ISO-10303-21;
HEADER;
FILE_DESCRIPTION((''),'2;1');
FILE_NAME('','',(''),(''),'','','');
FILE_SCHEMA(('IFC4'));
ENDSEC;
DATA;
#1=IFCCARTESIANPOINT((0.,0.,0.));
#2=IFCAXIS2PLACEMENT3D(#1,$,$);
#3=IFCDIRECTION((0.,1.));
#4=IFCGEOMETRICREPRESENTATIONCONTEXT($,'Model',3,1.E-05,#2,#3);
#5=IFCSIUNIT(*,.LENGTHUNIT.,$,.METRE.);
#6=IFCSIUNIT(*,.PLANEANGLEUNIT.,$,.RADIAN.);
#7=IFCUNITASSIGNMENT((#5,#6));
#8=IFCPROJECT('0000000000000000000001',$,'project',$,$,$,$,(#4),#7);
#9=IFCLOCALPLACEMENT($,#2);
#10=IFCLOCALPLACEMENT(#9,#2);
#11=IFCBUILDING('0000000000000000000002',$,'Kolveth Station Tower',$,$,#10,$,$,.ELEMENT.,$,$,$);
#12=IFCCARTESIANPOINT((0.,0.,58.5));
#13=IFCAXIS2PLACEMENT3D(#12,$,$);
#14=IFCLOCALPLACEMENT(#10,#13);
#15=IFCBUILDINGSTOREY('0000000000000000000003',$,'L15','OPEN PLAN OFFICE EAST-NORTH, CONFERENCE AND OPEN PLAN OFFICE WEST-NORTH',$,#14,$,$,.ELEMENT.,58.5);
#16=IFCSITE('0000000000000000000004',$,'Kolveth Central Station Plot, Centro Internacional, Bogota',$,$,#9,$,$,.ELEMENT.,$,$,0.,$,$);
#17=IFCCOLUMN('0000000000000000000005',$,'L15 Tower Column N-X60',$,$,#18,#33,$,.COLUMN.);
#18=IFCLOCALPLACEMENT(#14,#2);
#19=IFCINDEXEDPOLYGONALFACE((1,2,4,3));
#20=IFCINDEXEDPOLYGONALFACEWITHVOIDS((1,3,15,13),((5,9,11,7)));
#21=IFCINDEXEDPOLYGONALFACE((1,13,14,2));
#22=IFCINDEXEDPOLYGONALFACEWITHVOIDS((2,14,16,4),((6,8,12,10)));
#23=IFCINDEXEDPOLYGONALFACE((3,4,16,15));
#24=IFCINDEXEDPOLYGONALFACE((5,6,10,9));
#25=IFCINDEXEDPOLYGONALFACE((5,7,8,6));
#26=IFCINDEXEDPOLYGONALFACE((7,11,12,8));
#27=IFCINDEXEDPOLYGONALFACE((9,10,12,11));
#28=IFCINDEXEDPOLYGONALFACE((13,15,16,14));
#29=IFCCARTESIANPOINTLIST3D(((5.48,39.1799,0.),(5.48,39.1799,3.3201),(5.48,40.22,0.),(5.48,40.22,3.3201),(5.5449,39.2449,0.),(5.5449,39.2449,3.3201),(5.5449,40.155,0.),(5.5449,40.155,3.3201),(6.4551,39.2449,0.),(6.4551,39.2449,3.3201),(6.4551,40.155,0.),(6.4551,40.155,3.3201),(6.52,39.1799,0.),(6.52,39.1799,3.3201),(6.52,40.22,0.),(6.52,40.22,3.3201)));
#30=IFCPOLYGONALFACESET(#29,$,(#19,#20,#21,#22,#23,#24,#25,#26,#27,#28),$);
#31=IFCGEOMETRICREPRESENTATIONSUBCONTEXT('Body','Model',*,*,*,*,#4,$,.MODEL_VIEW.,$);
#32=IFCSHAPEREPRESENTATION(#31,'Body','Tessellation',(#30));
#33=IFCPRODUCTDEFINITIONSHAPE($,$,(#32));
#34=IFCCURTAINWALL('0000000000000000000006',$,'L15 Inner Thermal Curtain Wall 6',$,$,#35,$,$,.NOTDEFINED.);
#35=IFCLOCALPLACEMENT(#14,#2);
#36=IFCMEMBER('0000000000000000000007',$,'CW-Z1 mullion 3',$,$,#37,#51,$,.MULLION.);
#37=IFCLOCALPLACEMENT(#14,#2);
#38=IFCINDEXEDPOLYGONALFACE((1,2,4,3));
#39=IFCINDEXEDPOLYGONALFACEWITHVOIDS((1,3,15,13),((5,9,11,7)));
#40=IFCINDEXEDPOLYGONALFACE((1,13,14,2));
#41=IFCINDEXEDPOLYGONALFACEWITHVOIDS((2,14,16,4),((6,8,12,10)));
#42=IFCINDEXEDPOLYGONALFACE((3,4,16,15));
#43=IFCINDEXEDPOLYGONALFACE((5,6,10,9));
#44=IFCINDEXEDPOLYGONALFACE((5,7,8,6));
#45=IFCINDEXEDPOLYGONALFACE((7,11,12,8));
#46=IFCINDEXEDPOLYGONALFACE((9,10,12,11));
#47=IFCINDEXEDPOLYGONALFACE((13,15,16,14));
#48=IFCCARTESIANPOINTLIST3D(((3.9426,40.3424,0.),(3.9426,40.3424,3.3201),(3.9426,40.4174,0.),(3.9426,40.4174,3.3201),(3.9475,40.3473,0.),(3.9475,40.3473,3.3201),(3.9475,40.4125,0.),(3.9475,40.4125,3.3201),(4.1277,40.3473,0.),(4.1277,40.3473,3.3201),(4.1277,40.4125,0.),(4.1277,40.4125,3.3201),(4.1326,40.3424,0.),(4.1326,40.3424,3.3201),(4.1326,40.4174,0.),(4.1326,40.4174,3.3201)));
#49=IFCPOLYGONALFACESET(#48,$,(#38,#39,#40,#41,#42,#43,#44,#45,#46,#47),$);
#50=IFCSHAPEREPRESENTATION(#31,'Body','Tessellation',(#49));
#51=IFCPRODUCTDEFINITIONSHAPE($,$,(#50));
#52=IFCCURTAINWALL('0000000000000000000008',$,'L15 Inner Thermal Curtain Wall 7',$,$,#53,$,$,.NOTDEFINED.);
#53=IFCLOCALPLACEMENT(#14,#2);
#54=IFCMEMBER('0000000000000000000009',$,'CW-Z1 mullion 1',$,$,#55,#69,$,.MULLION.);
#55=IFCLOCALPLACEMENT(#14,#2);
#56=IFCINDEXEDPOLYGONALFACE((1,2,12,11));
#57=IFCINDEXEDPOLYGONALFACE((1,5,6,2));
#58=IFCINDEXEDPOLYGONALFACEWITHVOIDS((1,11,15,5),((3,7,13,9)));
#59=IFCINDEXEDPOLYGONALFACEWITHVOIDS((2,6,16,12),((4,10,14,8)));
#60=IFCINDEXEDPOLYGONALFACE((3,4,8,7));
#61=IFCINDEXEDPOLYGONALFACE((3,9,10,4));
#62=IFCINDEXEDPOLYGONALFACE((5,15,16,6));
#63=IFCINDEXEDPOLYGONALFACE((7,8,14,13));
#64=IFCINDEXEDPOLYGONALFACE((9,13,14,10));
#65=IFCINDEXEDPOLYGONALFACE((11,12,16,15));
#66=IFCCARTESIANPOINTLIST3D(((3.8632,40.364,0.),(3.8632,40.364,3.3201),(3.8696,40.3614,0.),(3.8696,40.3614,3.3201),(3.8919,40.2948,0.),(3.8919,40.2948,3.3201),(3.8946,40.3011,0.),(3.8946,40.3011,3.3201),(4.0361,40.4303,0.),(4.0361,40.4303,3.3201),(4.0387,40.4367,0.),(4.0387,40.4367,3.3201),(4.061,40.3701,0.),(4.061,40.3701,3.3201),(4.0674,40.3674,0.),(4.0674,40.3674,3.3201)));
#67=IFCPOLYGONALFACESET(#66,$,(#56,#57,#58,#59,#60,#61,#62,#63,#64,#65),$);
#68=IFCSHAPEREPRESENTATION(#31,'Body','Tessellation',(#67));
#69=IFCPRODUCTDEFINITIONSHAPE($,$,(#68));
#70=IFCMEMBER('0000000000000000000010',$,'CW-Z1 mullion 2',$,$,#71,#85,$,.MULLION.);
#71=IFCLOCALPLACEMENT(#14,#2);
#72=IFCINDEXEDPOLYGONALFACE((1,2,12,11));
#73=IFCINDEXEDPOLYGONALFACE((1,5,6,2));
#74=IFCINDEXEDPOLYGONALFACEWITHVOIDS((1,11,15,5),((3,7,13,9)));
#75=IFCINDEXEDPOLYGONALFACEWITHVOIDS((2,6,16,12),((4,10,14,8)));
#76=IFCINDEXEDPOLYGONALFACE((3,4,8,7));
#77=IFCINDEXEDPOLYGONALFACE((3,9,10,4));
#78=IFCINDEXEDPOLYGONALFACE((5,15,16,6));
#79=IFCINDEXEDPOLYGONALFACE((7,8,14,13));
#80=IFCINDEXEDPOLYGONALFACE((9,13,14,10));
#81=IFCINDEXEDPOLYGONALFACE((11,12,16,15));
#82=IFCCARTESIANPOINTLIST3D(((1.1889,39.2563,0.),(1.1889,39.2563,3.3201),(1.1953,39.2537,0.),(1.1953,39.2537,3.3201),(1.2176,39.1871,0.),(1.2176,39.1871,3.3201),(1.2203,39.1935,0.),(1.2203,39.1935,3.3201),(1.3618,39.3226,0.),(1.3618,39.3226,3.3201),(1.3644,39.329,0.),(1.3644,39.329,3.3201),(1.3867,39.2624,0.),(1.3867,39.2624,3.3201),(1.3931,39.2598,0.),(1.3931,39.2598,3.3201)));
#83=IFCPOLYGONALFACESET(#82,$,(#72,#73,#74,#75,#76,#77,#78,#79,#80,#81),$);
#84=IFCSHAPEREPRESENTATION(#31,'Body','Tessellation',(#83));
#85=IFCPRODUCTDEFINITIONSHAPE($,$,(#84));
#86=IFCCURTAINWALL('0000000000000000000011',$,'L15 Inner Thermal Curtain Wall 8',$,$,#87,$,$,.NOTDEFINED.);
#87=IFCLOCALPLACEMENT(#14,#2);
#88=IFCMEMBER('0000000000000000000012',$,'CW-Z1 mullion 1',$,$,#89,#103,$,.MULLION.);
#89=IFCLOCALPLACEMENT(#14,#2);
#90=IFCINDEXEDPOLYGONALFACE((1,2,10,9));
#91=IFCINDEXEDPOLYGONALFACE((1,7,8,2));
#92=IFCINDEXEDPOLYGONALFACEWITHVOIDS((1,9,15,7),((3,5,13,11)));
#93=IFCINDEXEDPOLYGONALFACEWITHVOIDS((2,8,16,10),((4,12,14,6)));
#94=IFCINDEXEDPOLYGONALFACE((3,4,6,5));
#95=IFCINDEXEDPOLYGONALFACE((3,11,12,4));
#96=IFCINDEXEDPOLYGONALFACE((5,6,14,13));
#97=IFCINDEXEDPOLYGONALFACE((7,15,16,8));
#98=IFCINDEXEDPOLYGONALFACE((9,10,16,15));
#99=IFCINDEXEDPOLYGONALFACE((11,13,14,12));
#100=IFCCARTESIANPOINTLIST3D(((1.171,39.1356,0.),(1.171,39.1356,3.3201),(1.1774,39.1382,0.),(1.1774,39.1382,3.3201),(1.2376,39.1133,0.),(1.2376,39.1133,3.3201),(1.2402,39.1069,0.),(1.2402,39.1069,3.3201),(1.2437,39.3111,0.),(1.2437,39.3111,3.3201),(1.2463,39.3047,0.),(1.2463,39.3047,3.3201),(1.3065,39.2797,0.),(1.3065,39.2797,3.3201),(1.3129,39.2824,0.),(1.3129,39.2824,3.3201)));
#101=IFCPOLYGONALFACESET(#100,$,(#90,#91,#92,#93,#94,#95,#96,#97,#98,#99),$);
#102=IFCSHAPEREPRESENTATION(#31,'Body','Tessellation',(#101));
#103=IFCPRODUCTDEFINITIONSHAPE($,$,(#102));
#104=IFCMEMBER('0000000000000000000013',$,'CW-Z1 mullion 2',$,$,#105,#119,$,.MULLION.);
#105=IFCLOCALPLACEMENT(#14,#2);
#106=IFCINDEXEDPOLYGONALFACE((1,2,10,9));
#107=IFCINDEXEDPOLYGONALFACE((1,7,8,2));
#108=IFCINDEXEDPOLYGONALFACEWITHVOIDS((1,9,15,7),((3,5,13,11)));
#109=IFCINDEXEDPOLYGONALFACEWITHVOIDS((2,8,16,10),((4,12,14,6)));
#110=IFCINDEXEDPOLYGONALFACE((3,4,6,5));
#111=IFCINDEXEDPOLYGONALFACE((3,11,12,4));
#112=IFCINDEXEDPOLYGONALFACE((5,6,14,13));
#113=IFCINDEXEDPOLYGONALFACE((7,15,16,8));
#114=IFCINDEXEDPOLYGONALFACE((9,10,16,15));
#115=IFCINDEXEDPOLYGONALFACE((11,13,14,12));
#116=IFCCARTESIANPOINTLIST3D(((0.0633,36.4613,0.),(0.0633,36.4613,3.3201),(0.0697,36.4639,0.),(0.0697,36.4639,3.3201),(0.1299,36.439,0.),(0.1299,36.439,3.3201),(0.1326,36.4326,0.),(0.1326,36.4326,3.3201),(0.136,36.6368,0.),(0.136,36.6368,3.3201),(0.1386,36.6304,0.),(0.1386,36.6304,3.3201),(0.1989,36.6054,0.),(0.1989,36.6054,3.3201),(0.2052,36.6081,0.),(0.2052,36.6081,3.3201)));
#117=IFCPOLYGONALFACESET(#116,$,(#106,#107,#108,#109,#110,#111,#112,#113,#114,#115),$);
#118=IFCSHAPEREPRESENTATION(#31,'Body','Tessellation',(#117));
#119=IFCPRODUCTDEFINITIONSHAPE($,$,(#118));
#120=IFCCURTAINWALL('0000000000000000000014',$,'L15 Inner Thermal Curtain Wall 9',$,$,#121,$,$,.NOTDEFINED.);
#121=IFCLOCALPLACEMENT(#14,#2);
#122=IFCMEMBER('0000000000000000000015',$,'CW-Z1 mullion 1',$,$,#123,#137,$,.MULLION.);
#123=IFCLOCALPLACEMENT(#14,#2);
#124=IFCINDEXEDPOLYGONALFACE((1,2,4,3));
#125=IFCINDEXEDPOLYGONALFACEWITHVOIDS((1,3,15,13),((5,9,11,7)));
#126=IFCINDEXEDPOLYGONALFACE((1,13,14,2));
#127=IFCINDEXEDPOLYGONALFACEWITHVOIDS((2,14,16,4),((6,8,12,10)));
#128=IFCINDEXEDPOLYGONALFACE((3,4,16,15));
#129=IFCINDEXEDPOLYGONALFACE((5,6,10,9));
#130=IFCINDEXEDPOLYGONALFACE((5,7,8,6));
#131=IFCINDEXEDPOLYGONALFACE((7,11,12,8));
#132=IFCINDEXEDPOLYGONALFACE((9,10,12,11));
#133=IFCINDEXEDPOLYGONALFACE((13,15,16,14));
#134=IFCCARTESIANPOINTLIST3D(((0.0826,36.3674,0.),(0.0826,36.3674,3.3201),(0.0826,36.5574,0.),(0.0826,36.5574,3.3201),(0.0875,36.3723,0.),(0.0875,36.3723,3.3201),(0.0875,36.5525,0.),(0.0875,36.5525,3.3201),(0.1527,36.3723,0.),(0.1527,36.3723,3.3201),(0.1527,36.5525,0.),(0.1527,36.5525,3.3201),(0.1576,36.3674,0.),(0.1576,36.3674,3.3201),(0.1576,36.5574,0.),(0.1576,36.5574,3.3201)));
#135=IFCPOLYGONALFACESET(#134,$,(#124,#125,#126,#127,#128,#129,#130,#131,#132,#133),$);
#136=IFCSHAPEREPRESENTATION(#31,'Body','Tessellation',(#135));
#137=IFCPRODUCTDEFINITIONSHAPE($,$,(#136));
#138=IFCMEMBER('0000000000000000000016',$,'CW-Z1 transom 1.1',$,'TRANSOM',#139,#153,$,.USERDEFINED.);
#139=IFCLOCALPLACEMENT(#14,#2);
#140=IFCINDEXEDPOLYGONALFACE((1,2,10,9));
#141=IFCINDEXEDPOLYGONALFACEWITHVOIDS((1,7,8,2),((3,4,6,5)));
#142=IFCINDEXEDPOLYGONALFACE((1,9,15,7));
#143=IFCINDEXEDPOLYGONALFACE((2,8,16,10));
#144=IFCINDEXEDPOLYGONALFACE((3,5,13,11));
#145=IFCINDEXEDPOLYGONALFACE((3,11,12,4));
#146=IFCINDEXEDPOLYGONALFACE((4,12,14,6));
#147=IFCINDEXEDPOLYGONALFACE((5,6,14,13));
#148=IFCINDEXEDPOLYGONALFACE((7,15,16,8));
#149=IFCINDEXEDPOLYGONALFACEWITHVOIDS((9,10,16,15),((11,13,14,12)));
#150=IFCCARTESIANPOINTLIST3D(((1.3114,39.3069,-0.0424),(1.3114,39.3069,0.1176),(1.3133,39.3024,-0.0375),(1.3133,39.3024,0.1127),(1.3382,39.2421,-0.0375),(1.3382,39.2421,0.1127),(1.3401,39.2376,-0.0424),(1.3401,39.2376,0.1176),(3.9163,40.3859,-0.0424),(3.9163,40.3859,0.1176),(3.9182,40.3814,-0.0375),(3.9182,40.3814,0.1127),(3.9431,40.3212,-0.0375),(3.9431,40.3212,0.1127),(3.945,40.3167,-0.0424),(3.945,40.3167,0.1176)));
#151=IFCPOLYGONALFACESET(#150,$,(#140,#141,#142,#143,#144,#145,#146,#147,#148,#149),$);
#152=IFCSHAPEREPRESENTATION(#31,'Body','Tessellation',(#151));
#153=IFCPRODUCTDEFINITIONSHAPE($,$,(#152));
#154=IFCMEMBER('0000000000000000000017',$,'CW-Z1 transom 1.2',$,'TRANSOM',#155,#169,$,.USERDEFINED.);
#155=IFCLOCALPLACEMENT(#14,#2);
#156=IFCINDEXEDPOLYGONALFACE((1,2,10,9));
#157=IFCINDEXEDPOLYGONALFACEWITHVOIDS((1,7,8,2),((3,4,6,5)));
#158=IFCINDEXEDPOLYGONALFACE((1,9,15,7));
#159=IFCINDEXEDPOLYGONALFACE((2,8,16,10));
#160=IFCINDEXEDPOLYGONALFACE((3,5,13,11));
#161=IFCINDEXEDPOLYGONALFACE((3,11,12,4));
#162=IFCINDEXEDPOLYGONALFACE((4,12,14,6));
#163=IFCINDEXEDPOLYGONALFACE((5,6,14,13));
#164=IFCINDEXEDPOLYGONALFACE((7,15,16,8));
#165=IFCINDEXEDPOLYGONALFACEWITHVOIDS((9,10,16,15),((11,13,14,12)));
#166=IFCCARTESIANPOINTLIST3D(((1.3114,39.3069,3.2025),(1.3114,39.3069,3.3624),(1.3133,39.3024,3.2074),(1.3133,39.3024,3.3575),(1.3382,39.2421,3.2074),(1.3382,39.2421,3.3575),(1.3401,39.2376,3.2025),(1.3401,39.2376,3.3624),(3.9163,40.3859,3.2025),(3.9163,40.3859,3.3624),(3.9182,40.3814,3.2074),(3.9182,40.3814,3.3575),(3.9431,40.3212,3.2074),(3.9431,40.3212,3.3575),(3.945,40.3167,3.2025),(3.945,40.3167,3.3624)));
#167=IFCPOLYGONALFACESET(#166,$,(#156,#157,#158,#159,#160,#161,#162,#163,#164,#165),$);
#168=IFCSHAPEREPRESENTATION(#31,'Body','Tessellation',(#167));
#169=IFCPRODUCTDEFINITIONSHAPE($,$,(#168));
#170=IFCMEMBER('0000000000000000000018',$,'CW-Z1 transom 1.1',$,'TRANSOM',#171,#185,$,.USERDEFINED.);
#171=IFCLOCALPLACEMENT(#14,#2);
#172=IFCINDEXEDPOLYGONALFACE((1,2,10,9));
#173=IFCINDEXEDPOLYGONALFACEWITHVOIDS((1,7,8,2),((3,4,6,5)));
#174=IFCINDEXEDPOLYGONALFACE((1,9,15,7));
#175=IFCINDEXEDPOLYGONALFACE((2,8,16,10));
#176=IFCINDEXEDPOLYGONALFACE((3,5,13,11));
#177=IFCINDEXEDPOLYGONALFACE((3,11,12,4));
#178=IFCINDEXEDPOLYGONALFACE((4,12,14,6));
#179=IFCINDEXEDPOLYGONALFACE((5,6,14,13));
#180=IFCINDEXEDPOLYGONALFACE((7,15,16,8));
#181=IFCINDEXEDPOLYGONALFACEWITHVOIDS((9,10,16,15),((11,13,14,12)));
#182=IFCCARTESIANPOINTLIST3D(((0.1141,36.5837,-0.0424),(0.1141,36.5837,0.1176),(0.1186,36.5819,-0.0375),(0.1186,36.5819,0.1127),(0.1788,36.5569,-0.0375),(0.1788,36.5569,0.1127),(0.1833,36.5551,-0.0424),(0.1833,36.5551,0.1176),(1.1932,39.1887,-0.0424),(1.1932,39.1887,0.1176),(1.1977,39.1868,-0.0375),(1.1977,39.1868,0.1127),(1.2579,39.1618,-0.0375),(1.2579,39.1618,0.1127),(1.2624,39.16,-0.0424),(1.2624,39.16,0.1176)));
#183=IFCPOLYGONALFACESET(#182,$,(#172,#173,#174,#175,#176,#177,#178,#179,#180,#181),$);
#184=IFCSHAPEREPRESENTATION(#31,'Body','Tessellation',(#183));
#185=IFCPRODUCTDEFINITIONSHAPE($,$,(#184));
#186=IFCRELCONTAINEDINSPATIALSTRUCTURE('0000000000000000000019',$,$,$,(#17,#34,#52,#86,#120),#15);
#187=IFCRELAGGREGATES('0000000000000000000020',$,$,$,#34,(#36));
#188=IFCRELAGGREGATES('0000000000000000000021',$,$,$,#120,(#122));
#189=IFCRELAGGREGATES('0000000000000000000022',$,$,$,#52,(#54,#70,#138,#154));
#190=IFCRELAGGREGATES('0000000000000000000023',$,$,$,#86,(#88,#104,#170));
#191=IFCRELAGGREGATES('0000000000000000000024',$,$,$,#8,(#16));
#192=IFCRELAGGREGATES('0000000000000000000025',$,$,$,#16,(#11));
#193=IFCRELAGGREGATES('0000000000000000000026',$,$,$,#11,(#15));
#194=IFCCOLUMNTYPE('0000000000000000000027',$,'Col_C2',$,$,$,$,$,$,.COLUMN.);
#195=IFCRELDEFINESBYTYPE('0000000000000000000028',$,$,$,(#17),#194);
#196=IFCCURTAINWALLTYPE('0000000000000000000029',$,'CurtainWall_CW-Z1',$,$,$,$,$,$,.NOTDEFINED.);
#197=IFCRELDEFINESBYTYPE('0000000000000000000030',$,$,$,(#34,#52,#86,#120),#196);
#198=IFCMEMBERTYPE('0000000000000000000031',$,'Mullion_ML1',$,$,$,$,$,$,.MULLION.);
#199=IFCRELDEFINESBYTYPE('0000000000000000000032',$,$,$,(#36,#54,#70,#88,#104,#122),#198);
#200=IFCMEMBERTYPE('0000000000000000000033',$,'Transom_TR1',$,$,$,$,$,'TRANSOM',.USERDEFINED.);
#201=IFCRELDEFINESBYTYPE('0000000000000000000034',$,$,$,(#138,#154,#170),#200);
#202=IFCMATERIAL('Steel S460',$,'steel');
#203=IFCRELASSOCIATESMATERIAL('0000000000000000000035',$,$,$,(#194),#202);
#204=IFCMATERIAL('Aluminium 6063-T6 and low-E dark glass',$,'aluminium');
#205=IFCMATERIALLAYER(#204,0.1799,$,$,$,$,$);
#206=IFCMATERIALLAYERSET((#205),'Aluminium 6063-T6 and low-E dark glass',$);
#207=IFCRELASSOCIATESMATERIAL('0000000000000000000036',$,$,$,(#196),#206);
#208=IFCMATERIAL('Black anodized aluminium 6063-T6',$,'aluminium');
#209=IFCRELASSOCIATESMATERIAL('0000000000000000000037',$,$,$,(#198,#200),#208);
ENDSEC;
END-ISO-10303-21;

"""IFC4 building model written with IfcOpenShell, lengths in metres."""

from ifc_helpers import new_model, si_unit, direction, frame, origin, origin_2d, place, context, subcontext, project, spatial, hollow_rectangle, extrude, source, transform, mapped, material, layer, layer_set, material_profile, profile_set, type_object, element, aggregate, save


model = new_model("IFC4")

# Units and contexts
model_context = context("Model", 3, precision=1e-05, world=origin(), true_north=direction((0.0, 1.0)))
body_context = subcontext(model_context, "Body", "Model", "MODEL_VIEW")
ifc_project = project(units=[si_unit("LENGTHUNIT", "METRE"), si_unit("PLANEANGLEUNIT", "RADIAN")], contexts=[model_context])

# Site, building, storey
site_placement = place(None, origin())
site = spatial("IfcSite", under=ifc_project, at=site_placement, Name="Kolveth Central Station Plot, Centro Internacional, Bogota", CompositionType="ELEMENT", RefElevation=0.0)
building_placement = place(site_placement, origin())
building = spatial("IfcBuilding", under=site, at=building_placement, Name="Kolveth Station Tower", CompositionType="ELEMENT")
storey_placement = place(building_placement, frame((0.0, 0.0, 58.5)))
storey = spatial("IfcBuildingStorey", under=building, at=storey_placement, Name="L15", Description="OPEN PLAN OFFICE EAST-NORTH, CONFERENCE AND OPEN PLAN OFFICE WEST-NORTH", CompositionType="ELEMENT", Elevation=58.5)

# Column
ifc_material_1 = material(Name="Steel S460", Category="steel")
ifc_material_profile_1 = material_profile(ifc_material_1, hollow_rectangle(XDim=1.04, YDim=1.04, WallThickness=0.0649, at=origin_2d()), Name="BOX1040x1040x65")
ifc_profile_set_1 = profile_set([ifc_material_profile_1], Name="Steel S460")
column_type = type_object("IfcColumnType", Name="Col_C2", PredefinedType="COLUMN", material=ifc_profile_set_1)
shared_shape_1 = source(origin(), body_context, "Body", "SweptSolid", [
    extrude(hollow_rectangle(XDim=1.04, YDim=1.04, WallThickness=0.0649, at=origin_2d()), origin(), (0.0, 0.0, 1.0), 3.3201),
])
column_placement = place(storey_placement, frame((6.0, 39.7, 0.0), z_axis=(0.0, 0.0, 1.0), x_axis=(1.0, 0.0, 0.0)))
element("IfcColumn", 1, at=column_placement, inside=storey, type_object=column_type, Name="L15 Tower Column N-X60", PredefinedType="COLUMN", context=body_context, shape_type="MappedRepresentation", body=[
    mapped(shared_shape_1, transform((0.0, 0.0, 0.0), x_axis=(1.0, 0.0, 0.0), y_axis=(0.0, 1.0, 0.0), z_axis=(0.0, 0.0, 1.0), scale=1.0)),
])

# Curtain wall, member
ifc_material_2 = material(Name="Aluminium 6063-T6 and low-E dark glass", Category="aluminium")
ifc_layer_1 = layer(ifc_material_2, 0.1799)
ifc_layer_set_1 = layer_set([ifc_layer_1], Name="Aluminium 6063-T6 and low-E dark glass")
curtain_wall_type_1 = type_object("IfcCurtainWallType", Name="CurtainWall_CW-Z1", PredefinedType="NOTDEFINED", material=ifc_layer_set_1)
curtain_wall_1_placement = place(storey_placement, origin())
curtain_wall_1 = element("IfcCurtainWall", 2, at=curtain_wall_1_placement, inside=storey, type_object=curtain_wall_type_1, Name="L15 Inner Thermal Curtain Wall 6", PredefinedType="NOTDEFINED")
ifc_material_3 = material(Name="Black anodized aluminium 6063-T6", Category="aluminium")
ifc_material_profile_2 = material_profile(ifc_material_3, hollow_rectangle(XDim=0.075, YDim=0.1899, WallThickness=0.0049, at=origin_2d()), Name="ALU-75x190x5")
ifc_profile_set_2 = profile_set([ifc_material_profile_2], Name="Black anodized aluminium 6063-T6")
member_type_1 = type_object("IfcMemberType", Name="Mullion_ML1", PredefinedType="MULLION", material=ifc_profile_set_2)
shared_shape_2 = source(origin(), body_context, "Body", "SweptSolid", [
    extrude(hollow_rectangle(XDim=0.075, YDim=0.1899, WallThickness=0.0049, at=origin_2d()), origin(), (0.0, 0.0, 1.0), 3.3201),
])
member_1_placement = place(storey_placement, frame((4.0376, 40.3799, 0.0), z_axis=(0.0, 0.0, 1.0), x_axis=(0.0, -1.0, 0.0)))
member_1 = element("IfcMember", 3, at=member_1_placement, type_object=member_type_1, Name="CW-Z1 mullion 3", PredefinedType="MULLION", context=body_context, shape_type="MappedRepresentation", body=[
    mapped(shared_shape_2, transform((0.0, 0.0, 0.0), x_axis=(1.0, 0.0, 0.0), y_axis=(0.0, 1.0, 0.0), z_axis=(0.0, 0.0, 1.0), scale=1.0)),
])
aggregate(curtain_wall_1, [member_1])

# Curtain walls, members
curtain_wall_2_placement = place(storey_placement, origin())
curtain_wall_2 = element("IfcCurtainWall", 4, at=curtain_wall_2_placement, inside=storey, type_object=curtain_wall_type_1, Name="L15 Inner Thermal Curtain Wall 7", PredefinedType="NOTDEFINED")
member_2_placement = place(storey_placement, frame((3.9653, 40.3657, 0.0), z_axis=(0.0, 0.0, 1.0), x_axis=(0.382673, -0.923884, 0.0)))
member_2 = element("IfcMember", 5, at=member_2_placement, type_object=member_type_1, Name="CW-Z1 mullion 1", PredefinedType="MULLION", context=body_context, shape_type="MappedRepresentation", body=[
    mapped(shared_shape_2, transform((0.0, 0.0, 0.0), x_axis=(1.0, 0.0, 0.0), y_axis=(0.0, 1.0, 0.0), z_axis=(0.0, 0.0, 1.0), scale=1.0)),
])
member_3_placement = place(storey_placement, frame((1.291, 39.2581, 0.0), z_axis=(0.0, 0.0, 1.0), x_axis=(0.382673, -0.923884, 0.0)))
member_3 = element("IfcMember", 6, at=member_3_placement, type_object=member_type_1, Name="CW-Z1 mullion 2", PredefinedType="MULLION", context=body_context, shape_type="MappedRepresentation", body=[
    mapped(shared_shape_2, transform((0.0, 0.0, 0.0), x_axis=(1.0, 0.0, 0.0), y_axis=(0.0, 1.0, 0.0), z_axis=(0.0, 0.0, 1.0), scale=1.0)),
])
curtain_wall_3_placement = place(storey_placement, origin())
curtain_wall_3 = element("IfcCurtainWall", 7, at=curtain_wall_3_placement, inside=storey, type_object=curtain_wall_type_1, Name="L15 Inner Thermal Curtain Wall 8", PredefinedType="NOTDEFINED")
member_4_placement = place(storey_placement, frame((1.2419, 39.209, 0.0), z_axis=(0.0, 0.0, 1.0), x_axis=(0.923884, -0.382673, 0.0)))
member_4 = element("IfcMember", 8, at=member_4_placement, type_object=member_type_1, Name="CW-Z1 mullion 1", PredefinedType="MULLION", context=body_context, shape_type="MappedRepresentation", body=[
    mapped(shared_shape_2, transform((0.0, 0.0, 0.0), x_axis=(1.0, 0.0, 0.0), y_axis=(0.0, 1.0, 0.0), z_axis=(0.0, 0.0, 1.0), scale=1.0)),
])
member_5_placement = place(storey_placement, frame((0.1343, 36.5347, 0.0), z_axis=(0.0, 0.0, 1.0), x_axis=(0.923884, -0.382673, 0.0)))
member_5 = element("IfcMember", 9, at=member_5_placement, type_object=member_type_1, Name="CW-Z1 mullion 2", PredefinedType="MULLION", context=body_context, shape_type="MappedRepresentation", body=[
    mapped(shared_shape_2, transform((0.0, 0.0, 0.0), x_axis=(1.0, 0.0, 0.0), y_axis=(0.0, 1.0, 0.0), z_axis=(0.0, 0.0, 1.0), scale=1.0)),
])

# Curtain wall, member
curtain_wall_4_placement = place(storey_placement, origin())
curtain_wall_4 = element("IfcCurtainWall", 10, at=curtain_wall_4_placement, inside=storey, type_object=curtain_wall_type_1, Name="L15 Inner Thermal Curtain Wall 9", PredefinedType="NOTDEFINED")
member_6_placement = place(storey_placement, frame((0.1201, 36.4624, 0.0), z_axis=(0.0, 0.0, 1.0), x_axis=(1.0, 0.0, 0.0)))
member_6 = element("IfcMember", 11, at=member_6_placement, type_object=member_type_1, Name="CW-Z1 mullion 1", PredefinedType="MULLION", context=body_context, shape_type="MappedRepresentation", body=[
    mapped(shared_shape_2, transform((0.0, 0.0, 0.0), x_axis=(1.0, 0.0, 0.0), y_axis=(0.0, 1.0, 0.0), z_axis=(0.0, 0.0, 1.0), scale=1.0)),
])
aggregate(curtain_wall_4, [member_6])

# Members
ifc_material_profile_3 = material_profile(ifc_material_3, hollow_rectangle(XDim=0.075, YDim=0.1599, WallThickness=0.0049, at=origin_2d()), Name="ALU-75x160x5")
ifc_profile_set_3 = profile_set([ifc_material_profile_3], Name="Black anodized aluminium 6063-T6")
member_type_2 = type_object("IfcMemberType", Name="Transom_TR1", ElementType="TRANSOM", PredefinedType="USERDEFINED", material=ifc_profile_set_3)
shared_shape_3 = source(origin(), body_context, "Body", "SweptSolid", [
    extrude(hollow_rectangle(XDim=0.075, YDim=0.1599, WallThickness=0.0049, at=origin_2d()), origin(), (0.0, 0.0, 1.0), 2.8196),
])
member_7_placement = place(storey_placement, frame((3.9307, 40.3513, 0.0376), z_axis=(-0.923869, -0.382709, 0.0), x_axis=(0.382709, -0.923869, 0.0)))
member_7 = element("IfcMember", 12, at=member_7_placement, type_object=member_type_2, Name="CW-Z1 transom 1.1", ObjectType="TRANSOM", PredefinedType="USERDEFINED", context=body_context, shape_type="MappedRepresentation", body=[
    mapped(shared_shape_3, transform((0.0, 0.0, 0.0), x_axis=(1.0, 0.0, 0.0), y_axis=(0.0, 1.0, 0.0), z_axis=(0.0, 0.0, 1.0), scale=1.0)),
])
member_8_placement = place(storey_placement, frame((3.9307, 40.3513, 3.2825), z_axis=(-0.923869, -0.382709, 0.0), x_axis=(0.382709, -0.923869, 0.0)))
member_8 = element("IfcMember", 13, at=member_8_placement, type_object=member_type_2, Name="CW-Z1 transom 1.2", ObjectType="TRANSOM", PredefinedType="USERDEFINED", context=body_context, shape_type="MappedRepresentation", body=[
    mapped(shared_shape_3, transform((0.0, 0.0, 0.0), x_axis=(1.0, 0.0, 0.0), y_axis=(0.0, 1.0, 0.0), z_axis=(0.0, 0.0, 1.0), scale=1.0)),
])
member_9_placement = place(storey_placement, frame((1.2278, 39.1743, 0.0376), z_axis=(-0.382709, -0.923869, 0.0), x_axis=(0.923869, -0.382709, 0.0)))
member_9 = element("IfcMember", 14, at=member_9_placement, type_object=member_type_2, Name="CW-Z1 transom 1.1", ObjectType="TRANSOM", PredefinedType="USERDEFINED", context=body_context, shape_type="MappedRepresentation", body=[
    mapped(shared_shape_3, transform((0.0, 0.0, 0.0), x_axis=(1.0, 0.0, 0.0), y_axis=(0.0, 1.0, 0.0), z_axis=(0.0, 0.0, 1.0), scale=1.0)),
])

aggregate(curtain_wall_2, [member_2, member_3, member_7, member_8])
aggregate(curtain_wall_3, [member_4, member_5, member_9])

save(model, "model.ifc")
